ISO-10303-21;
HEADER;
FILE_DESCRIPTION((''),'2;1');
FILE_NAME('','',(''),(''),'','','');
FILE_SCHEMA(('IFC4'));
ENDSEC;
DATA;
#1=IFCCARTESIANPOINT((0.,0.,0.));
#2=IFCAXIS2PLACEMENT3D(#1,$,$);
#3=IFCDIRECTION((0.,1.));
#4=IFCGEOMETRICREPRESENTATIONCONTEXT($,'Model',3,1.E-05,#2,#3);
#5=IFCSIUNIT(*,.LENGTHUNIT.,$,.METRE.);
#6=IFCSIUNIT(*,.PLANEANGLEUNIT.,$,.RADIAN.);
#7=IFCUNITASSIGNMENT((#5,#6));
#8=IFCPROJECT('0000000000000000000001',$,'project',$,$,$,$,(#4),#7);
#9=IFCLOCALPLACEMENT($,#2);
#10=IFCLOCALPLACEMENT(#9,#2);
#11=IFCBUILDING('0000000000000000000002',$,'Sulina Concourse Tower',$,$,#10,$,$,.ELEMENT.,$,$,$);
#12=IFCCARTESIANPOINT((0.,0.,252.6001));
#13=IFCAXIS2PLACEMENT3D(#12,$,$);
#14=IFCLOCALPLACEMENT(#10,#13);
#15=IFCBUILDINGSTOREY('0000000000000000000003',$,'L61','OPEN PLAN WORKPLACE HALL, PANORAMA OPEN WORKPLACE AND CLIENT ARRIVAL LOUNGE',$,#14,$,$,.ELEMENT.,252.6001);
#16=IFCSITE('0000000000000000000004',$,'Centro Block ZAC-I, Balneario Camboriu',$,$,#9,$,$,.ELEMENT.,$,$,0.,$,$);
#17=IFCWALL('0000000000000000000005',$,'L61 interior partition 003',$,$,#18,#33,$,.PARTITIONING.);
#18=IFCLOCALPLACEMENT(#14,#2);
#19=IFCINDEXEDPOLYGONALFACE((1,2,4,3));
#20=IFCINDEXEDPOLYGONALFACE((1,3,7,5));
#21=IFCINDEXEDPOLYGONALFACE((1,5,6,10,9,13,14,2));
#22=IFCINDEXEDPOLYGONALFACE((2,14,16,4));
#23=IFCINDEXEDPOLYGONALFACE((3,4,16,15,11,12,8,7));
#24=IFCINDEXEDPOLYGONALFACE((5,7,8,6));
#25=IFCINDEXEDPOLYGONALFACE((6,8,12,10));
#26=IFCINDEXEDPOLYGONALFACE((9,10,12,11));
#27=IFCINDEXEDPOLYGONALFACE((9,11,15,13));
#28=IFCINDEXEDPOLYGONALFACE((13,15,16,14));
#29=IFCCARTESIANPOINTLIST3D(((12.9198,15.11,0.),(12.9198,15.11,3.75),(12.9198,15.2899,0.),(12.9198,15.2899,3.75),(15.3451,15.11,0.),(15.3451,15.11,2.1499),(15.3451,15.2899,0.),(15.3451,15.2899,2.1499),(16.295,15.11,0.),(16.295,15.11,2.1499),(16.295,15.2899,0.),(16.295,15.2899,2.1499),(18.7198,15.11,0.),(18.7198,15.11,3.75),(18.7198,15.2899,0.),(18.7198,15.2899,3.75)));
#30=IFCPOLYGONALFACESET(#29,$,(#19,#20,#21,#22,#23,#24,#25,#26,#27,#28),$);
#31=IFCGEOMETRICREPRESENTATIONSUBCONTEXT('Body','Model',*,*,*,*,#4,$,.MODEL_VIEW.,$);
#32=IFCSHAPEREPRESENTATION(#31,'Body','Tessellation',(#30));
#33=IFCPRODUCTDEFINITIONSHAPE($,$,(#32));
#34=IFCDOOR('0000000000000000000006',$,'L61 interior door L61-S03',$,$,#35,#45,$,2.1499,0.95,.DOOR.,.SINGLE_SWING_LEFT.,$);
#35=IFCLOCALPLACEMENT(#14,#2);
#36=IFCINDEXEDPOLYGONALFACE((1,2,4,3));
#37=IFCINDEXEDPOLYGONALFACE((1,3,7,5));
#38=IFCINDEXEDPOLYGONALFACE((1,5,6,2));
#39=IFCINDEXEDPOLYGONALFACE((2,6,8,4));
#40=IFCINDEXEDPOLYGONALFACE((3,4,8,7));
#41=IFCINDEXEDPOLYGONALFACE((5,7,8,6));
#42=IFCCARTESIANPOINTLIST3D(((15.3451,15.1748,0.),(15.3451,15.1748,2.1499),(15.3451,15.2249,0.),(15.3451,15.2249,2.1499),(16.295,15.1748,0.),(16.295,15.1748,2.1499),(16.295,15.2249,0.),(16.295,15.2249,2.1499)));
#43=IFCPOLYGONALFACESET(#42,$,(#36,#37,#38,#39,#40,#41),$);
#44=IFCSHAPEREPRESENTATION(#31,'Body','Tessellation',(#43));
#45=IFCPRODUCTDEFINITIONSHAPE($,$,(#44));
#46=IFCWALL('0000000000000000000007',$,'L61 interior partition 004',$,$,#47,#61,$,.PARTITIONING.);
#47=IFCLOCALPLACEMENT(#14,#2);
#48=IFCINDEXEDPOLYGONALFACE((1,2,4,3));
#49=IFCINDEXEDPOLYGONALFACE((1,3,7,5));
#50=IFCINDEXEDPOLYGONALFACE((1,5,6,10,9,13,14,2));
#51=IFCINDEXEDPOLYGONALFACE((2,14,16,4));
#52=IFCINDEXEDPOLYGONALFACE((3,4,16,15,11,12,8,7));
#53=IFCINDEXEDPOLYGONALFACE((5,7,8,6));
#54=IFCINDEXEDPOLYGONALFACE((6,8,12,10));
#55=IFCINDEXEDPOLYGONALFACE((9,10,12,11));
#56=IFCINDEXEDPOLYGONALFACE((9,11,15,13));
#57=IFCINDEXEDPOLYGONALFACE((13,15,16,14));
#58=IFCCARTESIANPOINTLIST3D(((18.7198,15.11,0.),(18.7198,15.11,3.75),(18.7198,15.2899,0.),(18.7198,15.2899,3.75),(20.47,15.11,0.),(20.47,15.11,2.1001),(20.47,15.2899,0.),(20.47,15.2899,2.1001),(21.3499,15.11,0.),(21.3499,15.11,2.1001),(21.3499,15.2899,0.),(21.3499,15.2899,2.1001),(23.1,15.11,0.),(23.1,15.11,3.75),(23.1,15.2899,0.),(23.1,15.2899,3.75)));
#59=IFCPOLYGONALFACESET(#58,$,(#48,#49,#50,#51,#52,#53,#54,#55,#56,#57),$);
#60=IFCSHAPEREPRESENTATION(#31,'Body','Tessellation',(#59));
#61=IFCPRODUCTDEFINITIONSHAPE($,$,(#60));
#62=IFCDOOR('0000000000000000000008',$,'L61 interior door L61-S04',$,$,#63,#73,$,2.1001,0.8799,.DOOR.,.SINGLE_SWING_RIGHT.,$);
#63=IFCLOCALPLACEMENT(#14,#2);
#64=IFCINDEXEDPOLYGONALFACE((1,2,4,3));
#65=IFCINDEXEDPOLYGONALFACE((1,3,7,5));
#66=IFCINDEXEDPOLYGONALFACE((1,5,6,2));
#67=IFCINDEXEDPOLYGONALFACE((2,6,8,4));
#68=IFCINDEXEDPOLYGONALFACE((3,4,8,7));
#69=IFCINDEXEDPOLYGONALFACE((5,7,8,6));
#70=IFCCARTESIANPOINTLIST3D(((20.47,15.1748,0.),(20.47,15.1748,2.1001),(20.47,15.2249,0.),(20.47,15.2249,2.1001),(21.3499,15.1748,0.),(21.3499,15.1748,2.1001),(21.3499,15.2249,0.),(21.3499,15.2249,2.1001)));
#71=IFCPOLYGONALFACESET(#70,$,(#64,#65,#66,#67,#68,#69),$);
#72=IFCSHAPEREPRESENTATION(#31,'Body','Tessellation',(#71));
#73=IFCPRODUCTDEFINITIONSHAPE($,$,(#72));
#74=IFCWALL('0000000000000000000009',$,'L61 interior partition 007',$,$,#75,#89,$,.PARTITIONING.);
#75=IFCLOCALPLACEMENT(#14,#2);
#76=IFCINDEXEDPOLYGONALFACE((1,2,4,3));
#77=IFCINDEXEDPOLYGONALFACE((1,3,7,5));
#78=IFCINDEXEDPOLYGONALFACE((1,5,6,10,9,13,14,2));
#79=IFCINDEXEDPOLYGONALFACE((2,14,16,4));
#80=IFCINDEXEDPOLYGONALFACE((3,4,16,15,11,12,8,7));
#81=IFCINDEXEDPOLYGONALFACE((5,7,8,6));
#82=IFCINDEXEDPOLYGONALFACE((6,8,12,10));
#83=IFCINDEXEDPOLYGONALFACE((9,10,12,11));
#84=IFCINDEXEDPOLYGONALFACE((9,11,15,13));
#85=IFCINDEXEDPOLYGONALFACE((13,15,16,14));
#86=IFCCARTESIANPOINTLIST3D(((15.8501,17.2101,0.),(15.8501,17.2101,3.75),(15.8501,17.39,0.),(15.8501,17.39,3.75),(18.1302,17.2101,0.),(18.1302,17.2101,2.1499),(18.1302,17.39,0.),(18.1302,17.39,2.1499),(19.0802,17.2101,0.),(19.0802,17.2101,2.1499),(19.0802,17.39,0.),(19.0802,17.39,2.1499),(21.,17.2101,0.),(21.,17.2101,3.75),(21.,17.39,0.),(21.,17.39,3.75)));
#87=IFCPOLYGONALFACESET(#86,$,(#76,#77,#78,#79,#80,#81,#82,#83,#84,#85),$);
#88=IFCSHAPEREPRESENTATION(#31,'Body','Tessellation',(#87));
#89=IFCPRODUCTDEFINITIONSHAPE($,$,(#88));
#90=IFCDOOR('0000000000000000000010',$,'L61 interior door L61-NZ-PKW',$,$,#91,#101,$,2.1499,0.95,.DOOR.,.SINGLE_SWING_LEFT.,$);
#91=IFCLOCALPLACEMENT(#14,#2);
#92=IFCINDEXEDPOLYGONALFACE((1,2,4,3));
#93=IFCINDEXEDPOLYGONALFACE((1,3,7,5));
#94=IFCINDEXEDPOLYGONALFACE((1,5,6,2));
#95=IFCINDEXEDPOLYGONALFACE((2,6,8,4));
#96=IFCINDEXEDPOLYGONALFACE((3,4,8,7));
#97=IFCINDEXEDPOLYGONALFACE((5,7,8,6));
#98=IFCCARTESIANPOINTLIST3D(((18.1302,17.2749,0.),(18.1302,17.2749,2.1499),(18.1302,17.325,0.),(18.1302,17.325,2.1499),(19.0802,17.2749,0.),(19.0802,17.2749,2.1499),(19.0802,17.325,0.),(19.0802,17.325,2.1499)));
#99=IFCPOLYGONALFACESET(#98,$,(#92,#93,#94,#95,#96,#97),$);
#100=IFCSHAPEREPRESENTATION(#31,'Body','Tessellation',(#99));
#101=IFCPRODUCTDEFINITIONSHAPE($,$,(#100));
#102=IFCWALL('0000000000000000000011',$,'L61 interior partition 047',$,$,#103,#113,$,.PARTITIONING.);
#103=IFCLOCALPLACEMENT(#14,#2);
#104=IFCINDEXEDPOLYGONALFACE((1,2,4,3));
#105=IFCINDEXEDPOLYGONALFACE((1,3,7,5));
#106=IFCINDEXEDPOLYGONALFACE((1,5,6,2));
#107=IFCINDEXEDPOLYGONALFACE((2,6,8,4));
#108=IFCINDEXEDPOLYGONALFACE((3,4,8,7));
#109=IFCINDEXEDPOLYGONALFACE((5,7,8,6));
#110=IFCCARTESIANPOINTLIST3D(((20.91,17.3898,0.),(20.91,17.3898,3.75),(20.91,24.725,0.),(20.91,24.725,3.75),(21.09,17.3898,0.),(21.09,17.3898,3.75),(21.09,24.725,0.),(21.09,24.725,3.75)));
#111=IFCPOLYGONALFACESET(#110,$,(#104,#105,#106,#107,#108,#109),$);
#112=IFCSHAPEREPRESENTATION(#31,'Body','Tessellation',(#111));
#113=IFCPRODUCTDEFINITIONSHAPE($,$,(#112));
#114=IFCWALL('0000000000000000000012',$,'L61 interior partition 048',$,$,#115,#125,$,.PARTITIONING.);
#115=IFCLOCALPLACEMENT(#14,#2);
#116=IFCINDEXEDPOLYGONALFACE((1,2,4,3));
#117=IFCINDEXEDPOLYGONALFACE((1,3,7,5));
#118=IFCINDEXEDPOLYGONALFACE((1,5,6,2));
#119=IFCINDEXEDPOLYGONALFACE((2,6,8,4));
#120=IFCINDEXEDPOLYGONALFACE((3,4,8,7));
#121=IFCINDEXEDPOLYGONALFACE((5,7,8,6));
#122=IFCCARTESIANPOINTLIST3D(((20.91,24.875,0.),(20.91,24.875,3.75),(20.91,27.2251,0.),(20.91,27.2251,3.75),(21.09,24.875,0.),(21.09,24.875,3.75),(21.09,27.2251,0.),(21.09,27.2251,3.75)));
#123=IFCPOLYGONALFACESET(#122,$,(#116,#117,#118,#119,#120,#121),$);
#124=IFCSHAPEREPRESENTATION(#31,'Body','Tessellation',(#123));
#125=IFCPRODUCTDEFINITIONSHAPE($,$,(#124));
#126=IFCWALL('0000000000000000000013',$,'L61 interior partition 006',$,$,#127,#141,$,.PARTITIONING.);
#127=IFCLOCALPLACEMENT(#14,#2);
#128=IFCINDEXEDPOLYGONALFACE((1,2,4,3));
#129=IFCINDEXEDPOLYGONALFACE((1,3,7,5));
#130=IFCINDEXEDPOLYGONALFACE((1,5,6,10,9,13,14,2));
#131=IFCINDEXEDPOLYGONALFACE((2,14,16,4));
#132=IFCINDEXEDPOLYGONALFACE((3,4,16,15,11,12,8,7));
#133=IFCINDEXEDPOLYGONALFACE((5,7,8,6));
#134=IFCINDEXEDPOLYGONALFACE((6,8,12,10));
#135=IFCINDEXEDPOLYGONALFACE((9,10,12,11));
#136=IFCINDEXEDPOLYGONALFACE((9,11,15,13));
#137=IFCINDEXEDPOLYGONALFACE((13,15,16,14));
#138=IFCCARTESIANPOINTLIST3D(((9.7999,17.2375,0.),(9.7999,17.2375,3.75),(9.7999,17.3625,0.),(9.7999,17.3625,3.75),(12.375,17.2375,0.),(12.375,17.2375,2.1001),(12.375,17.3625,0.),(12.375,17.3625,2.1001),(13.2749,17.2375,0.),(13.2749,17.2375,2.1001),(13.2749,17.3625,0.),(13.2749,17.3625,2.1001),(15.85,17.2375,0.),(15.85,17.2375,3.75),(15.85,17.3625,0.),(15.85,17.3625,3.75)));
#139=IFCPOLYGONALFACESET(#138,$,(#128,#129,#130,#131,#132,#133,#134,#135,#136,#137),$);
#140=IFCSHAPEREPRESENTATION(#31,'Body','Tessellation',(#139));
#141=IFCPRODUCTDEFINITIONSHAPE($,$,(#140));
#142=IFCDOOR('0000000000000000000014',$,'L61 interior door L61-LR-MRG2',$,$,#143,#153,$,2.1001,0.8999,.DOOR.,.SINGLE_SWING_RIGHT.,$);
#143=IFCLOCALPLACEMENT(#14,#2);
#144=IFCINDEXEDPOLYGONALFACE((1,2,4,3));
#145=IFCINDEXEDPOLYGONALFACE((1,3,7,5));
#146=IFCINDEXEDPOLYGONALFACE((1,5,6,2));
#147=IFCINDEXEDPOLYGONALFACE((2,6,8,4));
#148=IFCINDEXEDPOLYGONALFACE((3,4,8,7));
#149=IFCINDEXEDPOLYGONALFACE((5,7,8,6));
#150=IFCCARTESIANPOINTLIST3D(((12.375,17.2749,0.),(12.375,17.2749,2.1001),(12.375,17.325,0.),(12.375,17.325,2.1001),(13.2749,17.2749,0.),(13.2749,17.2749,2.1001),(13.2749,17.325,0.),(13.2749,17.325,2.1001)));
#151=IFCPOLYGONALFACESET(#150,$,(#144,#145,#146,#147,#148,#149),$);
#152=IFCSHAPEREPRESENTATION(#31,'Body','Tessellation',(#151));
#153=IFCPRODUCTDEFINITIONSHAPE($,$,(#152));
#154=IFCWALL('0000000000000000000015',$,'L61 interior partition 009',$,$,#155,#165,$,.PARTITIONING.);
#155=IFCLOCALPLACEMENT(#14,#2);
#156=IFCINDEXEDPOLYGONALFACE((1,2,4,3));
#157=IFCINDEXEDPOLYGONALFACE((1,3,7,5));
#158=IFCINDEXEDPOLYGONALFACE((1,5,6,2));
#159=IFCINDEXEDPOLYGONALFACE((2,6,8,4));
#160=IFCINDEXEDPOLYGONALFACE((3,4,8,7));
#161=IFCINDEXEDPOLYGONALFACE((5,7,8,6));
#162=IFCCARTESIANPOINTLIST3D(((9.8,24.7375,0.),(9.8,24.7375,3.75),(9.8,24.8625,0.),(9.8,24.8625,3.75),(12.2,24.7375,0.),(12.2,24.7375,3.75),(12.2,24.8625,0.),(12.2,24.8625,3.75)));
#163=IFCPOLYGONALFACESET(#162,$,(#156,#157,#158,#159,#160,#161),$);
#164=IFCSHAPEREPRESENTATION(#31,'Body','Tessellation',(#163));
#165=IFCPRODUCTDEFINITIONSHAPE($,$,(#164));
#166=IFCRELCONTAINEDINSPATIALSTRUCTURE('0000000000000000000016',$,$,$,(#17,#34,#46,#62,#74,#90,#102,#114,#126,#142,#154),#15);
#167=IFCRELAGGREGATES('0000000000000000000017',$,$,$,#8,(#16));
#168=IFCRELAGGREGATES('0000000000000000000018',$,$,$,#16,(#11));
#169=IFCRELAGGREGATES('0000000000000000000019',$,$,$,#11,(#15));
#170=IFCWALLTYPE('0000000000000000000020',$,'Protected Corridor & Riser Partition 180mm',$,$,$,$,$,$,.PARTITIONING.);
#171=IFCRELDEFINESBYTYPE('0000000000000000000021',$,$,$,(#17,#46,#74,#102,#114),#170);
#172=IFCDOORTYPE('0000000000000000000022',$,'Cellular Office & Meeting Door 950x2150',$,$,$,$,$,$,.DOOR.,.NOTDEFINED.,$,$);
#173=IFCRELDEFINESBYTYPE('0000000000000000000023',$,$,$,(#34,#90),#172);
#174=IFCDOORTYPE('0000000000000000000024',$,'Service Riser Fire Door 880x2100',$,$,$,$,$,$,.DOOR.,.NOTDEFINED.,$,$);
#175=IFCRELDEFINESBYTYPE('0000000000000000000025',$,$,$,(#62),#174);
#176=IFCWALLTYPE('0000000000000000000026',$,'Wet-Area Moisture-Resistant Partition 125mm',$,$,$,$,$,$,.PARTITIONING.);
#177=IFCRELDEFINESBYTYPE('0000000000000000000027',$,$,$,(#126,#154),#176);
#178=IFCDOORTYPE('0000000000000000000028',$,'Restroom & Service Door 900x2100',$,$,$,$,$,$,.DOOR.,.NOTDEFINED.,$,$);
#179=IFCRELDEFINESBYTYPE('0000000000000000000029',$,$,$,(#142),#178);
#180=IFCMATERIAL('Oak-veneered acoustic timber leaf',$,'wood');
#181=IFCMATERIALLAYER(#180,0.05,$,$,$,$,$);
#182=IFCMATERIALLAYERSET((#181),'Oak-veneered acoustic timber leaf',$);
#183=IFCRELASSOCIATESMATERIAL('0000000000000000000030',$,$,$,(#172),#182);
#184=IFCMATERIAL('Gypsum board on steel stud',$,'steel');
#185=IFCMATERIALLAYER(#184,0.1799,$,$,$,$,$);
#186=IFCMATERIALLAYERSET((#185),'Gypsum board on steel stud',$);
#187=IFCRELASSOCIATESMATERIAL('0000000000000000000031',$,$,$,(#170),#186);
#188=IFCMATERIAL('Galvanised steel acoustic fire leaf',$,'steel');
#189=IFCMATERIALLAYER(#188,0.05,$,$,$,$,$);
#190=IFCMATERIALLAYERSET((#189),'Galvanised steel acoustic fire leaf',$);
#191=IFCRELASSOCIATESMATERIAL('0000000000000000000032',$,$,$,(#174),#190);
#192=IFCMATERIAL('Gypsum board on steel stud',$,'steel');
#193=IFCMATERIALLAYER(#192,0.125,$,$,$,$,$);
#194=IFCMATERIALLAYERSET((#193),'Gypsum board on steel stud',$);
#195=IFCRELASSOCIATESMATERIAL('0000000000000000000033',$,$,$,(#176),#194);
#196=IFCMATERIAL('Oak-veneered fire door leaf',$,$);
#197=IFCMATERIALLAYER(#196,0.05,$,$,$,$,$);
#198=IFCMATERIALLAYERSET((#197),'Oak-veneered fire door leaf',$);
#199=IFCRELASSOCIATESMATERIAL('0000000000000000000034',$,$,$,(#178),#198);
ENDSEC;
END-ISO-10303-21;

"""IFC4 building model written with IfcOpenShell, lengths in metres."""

from ifc_helpers import new_model, si_unit, direction, frame, frame_2d, origin, place, context, subcontext, project, spatial, rectangle, extrude, material, layer, layer_set, type_object, element, fill, save


model = new_model("IFC4")

# Units and contexts
model_context = context("Model", 3, precision=1e-05, world=origin(), true_north=direction((0.0, 1.0)))
body_context = subcontext(model_context, "Body", "Model", "MODEL_VIEW")
ifc_project = project(units=[si_unit("LENGTHUNIT", "METRE"), si_unit("PLANEANGLEUNIT", "RADIAN")], contexts=[model_context])

# Site, building, storey
site_placement = place(None, origin())
site = spatial("IfcSite", under=ifc_project, at=site_placement, Name="Centro Block ZAC-I, Balneario Camboriu", CompositionType="ELEMENT", RefElevation=0.0)
building_placement = place(site_placement, origin())
building = spatial("IfcBuilding", under=site, at=building_placement, Name="Sulina Concourse Tower", CompositionType="ELEMENT")
storey_placement = place(building_placement, frame((0.0, 0.0, 252.6001)))
storey = spatial("IfcBuildingStorey", under=building, at=storey_placement, Name="L61", Description="OPEN PLAN WORKPLACE HALL, PANORAMA OPEN WORKPLACE AND CLIENT ARRIVAL LOUNGE", CompositionType="ELEMENT", Elevation=252.6001)

# Walls, openings, doors
ifc_material_1 = material(Name="Oak-veneered acoustic timber leaf", Category="wood")
ifc_layer_1 = layer(ifc_material_1, 0.05)
ifc_layer_set_1 = layer_set([ifc_layer_1], Name="Oak-veneered acoustic timber leaf")
door_type_1 = type_object("IfcDoorType", Name="Cellular Office & Meeting Door 950x2150", OperationType="NOTDEFINED", PredefinedType="DOOR", material=ifc_layer_set_1)
ifc_material_2 = material(Name="Gypsum board on steel stud", Category="steel")
ifc_layer_2 = layer(ifc_material_2, 0.1799)
ifc_layer_set_2 = layer_set([ifc_layer_2], Name="Gypsum board on steel stud")
wall_type_1 = type_object("IfcWallType", Name="Protected Corridor & Riser Partition 180mm", PredefinedType="PARTITIONING", material=ifc_layer_set_2)
wall_1_placement = place(storey_placement, frame((12.9199, 15.2, 0.0), z_axis=(0.0, 0.0, 1.0), x_axis=(1.0, 0.0, 0.0)))
wall_1 = element("IfcWall", 1, at=wall_1_placement, inside=storey, type_object=wall_type_1, Name="L61 interior partition 003", PredefinedType="PARTITIONING", context=body_context, shape_type="SweptSolid", body=[
    extrude(rectangle(XDim=5.8, YDim=0.1799, at=frame_2d((2.8999, 0.0))), origin(), (0.0, 0.0, 1.0), 3.75),
])
opening_1_placement = place(wall_1_placement, frame((2.425, 0.0, 0.0)))
opening_1 = element("IfcOpeningElement", 2, at=opening_1_placement, cuts=wall_1, PredefinedType="OPENING", context=body_context, shape_type="SweptSolid", body=[
    extrude(rectangle(XDim=0.95, YDim=2.1499, at=frame_2d((0.4751, 1.075))), frame((0.0, 0.0999, 0.0), z_axis=(0.0, -1.0, 0.0), x_axis=(1.0, 0.0, 0.0)), (0.0, 0.0, 1.0), 0.2),
])
door_1_placement = place(opening_1_placement, origin())
door_1 = element("IfcDoor", 3, at=door_1_placement, inside=storey, type_object=door_type_1, Name="L61 interior door L61-S03", OperationType="SINGLE_SWING_LEFT", OverallHeight=2.1499, OverallWidth=0.95, PredefinedType="DOOR", context=body_context, shape_type="SweptSolid", body=[
    extrude(rectangle(XDim=0.95, YDim=2.1499, at=frame_2d((0.4751, 1.075))), frame((0.0, 0.0249, 0.0), z_axis=(0.0, -1.0, 0.0), x_axis=(1.0, 0.0, 0.0)), (0.0, 0.0, 1.0), 0.05),
])
fill(opening_1, door_1)
wall_2_placement = place(storey_placement, frame((18.72, 15.2, 0.0), z_axis=(0.0, 0.0, 1.0), x_axis=(1.0, 0.0, 0.0)))
wall_2 = element("IfcWall", 4, at=wall_2_placement, inside=storey, type_object=wall_type_1, Name="L61 interior partition 004", PredefinedType="PARTITIONING", context=body_context, shape_type="SweptSolid", body=[
    extrude(rectangle(XDim=4.3801, YDim=0.1799, at=frame_2d((2.1899, 0.0))), origin(), (0.0, 0.0, 1.0), 3.75),
])
opening_2_placement = place(wall_2_placement, frame((1.75, 0.0, 0.0)))
opening_2 = element("IfcOpeningElement", 5, at=opening_2_placement, cuts=wall_2, PredefinedType="OPENING", context=body_context, shape_type="SweptSolid", body=[
    extrude(rectangle(XDim=0.8799, YDim=2.1001, at=frame_2d((0.4399, 1.05))), frame((0.0, 0.0999, 0.0), z_axis=(0.0, -1.0, 0.0), x_axis=(1.0, 0.0, 0.0)), (0.0, 0.0, 1.0), 0.2),
])
ifc_material_3 = material(Name="Galvanised steel acoustic fire leaf", Category="steel")
ifc_layer_3 = layer(ifc_material_3, 0.05)
ifc_layer_set_3 = layer_set([ifc_layer_3], Name="Galvanised steel acoustic fire leaf")
door_type_2 = type_object("IfcDoorType", Name="Service Riser Fire Door 880x2100", OperationType="NOTDEFINED", PredefinedType="DOOR", material=ifc_layer_set_3)
door_2_placement = place(opening_2_placement, origin())
door_2 = element("IfcDoor", 6, at=door_2_placement, inside=storey, type_object=door_type_2, Name="L61 interior door L61-S04", OperationType="SINGLE_SWING_RIGHT", OverallHeight=2.1001, OverallWidth=0.8799, PredefinedType="DOOR", context=body_context, shape_type="SweptSolid", body=[
    extrude(rectangle(XDim=0.8799, YDim=2.1001, at=frame_2d((0.4399, 1.05))), frame((0.0, 0.0249, 0.0), z_axis=(0.0, -1.0, 0.0), x_axis=(1.0, 0.0, 0.0)), (0.0, 0.0, 1.0), 0.05),
])
fill(opening_2, door_2)
wall_3_placement = place(storey_placement, frame((15.8501, 17.3, 0.0), z_axis=(0.0, 0.0, 1.0), x_axis=(1.0, 0.0, 0.0)))
wall_3 = element("IfcWall", 7, at=wall_3_placement, inside=storey, type_object=wall_type_1, Name="L61 interior partition 007", PredefinedType="PARTITIONING", context=body_context, shape_type="SweptSolid", body=[
    extrude(rectangle(XDim=5.1499, YDim=0.1799, at=frame_2d((2.575, 0.0))), origin(), (0.0, 0.0, 1.0), 3.75),
])
opening_3_placement = place(wall_3_placement, frame((2.28, 0.0, 0.0)))
opening_3 = element("IfcOpeningElement", 8, at=opening_3_placement, cuts=wall_3, PredefinedType="OPENING", context=body_context, shape_type="SweptSolid", body=[
    extrude(rectangle(XDim=0.95, YDim=2.1499, at=frame_2d((0.4751, 1.075))), frame((0.0, 0.0999, 0.0), z_axis=(0.0, -1.0, 0.0), x_axis=(1.0, 0.0, 0.0)), (0.0, 0.0, 1.0), 0.2),
])
door_3_placement = place(opening_3_placement, origin())
door_3 = element("IfcDoor", 9, at=door_3_placement, inside=storey, type_object=door_type_1, Name="L61 interior door L61-NZ-PKW", OperationType="SINGLE_SWING_LEFT", OverallHeight=2.1499, OverallWidth=0.95, PredefinedType="DOOR", context=body_context, shape_type="SweptSolid", body=[
    extrude(rectangle(XDim=0.95, YDim=2.1499, at=frame_2d((0.4751, 1.075))), frame((0.0, 0.0249, 0.0), z_axis=(0.0, -1.0, 0.0), x_axis=(1.0, 0.0, 0.0)), (0.0, 0.0, 1.0), 0.05),
])
fill(opening_3, door_3)

# Walls
wall_4_placement = place(storey_placement, frame((21.0, 17.3899, 0.0), z_axis=(0.0, 0.0, 1.0), x_axis=(0.0, 1.0, 0.0)))
element("IfcWall", 10, at=wall_4_placement, inside=storey, type_object=wall_type_1, Name="L61 interior partition 047", PredefinedType="PARTITIONING", context=body_context, shape_type="SweptSolid", body=[
    extrude(rectangle(XDim=7.3352, YDim=0.1799, at=frame_2d((3.6675, 0.0))), origin(), (0.0, 0.0, 1.0), 3.75),
])
wall_5_placement = place(storey_placement, frame((21.0, 24.875, 0.0), z_axis=(0.0, 0.0, 1.0), x_axis=(0.0, 1.0, 0.0)))
element("IfcWall", 11, at=wall_5_placement, inside=storey, type_object=wall_type_1, Name="L61 interior partition 048", PredefinedType="PARTITIONING", context=body_context, shape_type="SweptSolid", body=[
    extrude(rectangle(XDim=2.3501, YDim=0.1799, at=frame_2d((1.175, 0.0))), origin(), (0.0, 0.0, 1.0), 3.75),
])

# Wall, opening, door
ifc_material_4 = material(Name="Gypsum board on steel stud", Category="steel")
ifc_layer_4 = layer(ifc_material_4, 0.125)
ifc_layer_set_4 = layer_set([ifc_layer_4], Name="Gypsum board on steel stud")
wall_type_2 = type_object("IfcWallType", Name="Wet-Area Moisture-Resistant Partition 125mm", PredefinedType="PARTITIONING", material=ifc_layer_set_4)
wall_6_placement = place(storey_placement, frame((9.8, 17.3, 0.0), z_axis=(0.0, 0.0, 1.0), x_axis=(1.0, 0.0, 0.0)))
wall_6 = element("IfcWall", 12, at=wall_6_placement, inside=storey, type_object=wall_type_2, Name="L61 interior partition 006", PredefinedType="PARTITIONING", context=body_context, shape_type="SweptSolid", body=[
    extrude(rectangle(XDim=6.05, YDim=0.125, at=frame_2d((3.0249, 0.0))), origin(), (0.0, 0.0, 1.0), 3.75),
])
opening_4_placement = place(wall_6_placement, frame((2.575, 0.0, 0.0)))
opening_4 = element("IfcOpeningElement", 13, at=opening_4_placement, cuts=wall_6, PredefinedType="OPENING", context=body_context, shape_type="SweptSolid", body=[
    extrude(rectangle(XDim=0.8999, YDim=2.1001, at=frame_2d((0.45, 1.05))), frame((0.0, 0.0725, 0.0), z_axis=(0.0, -1.0, 0.0), x_axis=(1.0, 0.0, 0.0)), (0.0, 0.0, 1.0), 0.145),
])
ifc_material_5 = material(Name="Oak-veneered fire door leaf")
ifc_layer_5 = layer(ifc_material_5, 0.05)
ifc_layer_set_5 = layer_set([ifc_layer_5], Name="Oak-veneered fire door leaf")
door_type_3 = type_object("IfcDoorType", Name="Restroom & Service Door 900x2100", OperationType="NOTDEFINED", PredefinedType="DOOR", material=ifc_layer_set_5)
door_4_placement = place(opening_4_placement, origin())
door_4 = element("IfcDoor", 14, at=door_4_placement, inside=storey, type_object=door_type_3, Name="L61 interior door L61-LR-MRG2", OperationType="SINGLE_SWING_RIGHT", OverallHeight=2.1001, OverallWidth=0.8999, PredefinedType="DOOR", context=body_context, shape_type="SweptSolid", body=[
    extrude(rectangle(XDim=0.8999, YDim=2.1001, at=frame_2d((0.45, 1.05))), frame((0.0, 0.0249, 0.0), z_axis=(0.0, -1.0, 0.0), x_axis=(1.0, 0.0, 0.0)), (0.0, 0.0, 1.0), 0.05),
])
fill(opening_4, door_4)

# Wall
wall_7_placement = place(storey_placement, frame((9.8, 24.8, 0.0), z_axis=(0.0, 0.0, 1.0), x_axis=(1.0, 0.0, 0.0)))
element("IfcWall", 15, at=wall_7_placement, inside=storey, type_object=wall_type_2, Name="L61 interior partition 009", PredefinedType="PARTITIONING", context=body_context, shape_type="SweptSolid", body=[
    extrude(rectangle(XDim=2.3999, YDim=0.125, at=frame_2d((1.2, 0.0))), origin(), (0.0, 0.0, 1.0), 3.75),
])

save(model, "model.ifc")
